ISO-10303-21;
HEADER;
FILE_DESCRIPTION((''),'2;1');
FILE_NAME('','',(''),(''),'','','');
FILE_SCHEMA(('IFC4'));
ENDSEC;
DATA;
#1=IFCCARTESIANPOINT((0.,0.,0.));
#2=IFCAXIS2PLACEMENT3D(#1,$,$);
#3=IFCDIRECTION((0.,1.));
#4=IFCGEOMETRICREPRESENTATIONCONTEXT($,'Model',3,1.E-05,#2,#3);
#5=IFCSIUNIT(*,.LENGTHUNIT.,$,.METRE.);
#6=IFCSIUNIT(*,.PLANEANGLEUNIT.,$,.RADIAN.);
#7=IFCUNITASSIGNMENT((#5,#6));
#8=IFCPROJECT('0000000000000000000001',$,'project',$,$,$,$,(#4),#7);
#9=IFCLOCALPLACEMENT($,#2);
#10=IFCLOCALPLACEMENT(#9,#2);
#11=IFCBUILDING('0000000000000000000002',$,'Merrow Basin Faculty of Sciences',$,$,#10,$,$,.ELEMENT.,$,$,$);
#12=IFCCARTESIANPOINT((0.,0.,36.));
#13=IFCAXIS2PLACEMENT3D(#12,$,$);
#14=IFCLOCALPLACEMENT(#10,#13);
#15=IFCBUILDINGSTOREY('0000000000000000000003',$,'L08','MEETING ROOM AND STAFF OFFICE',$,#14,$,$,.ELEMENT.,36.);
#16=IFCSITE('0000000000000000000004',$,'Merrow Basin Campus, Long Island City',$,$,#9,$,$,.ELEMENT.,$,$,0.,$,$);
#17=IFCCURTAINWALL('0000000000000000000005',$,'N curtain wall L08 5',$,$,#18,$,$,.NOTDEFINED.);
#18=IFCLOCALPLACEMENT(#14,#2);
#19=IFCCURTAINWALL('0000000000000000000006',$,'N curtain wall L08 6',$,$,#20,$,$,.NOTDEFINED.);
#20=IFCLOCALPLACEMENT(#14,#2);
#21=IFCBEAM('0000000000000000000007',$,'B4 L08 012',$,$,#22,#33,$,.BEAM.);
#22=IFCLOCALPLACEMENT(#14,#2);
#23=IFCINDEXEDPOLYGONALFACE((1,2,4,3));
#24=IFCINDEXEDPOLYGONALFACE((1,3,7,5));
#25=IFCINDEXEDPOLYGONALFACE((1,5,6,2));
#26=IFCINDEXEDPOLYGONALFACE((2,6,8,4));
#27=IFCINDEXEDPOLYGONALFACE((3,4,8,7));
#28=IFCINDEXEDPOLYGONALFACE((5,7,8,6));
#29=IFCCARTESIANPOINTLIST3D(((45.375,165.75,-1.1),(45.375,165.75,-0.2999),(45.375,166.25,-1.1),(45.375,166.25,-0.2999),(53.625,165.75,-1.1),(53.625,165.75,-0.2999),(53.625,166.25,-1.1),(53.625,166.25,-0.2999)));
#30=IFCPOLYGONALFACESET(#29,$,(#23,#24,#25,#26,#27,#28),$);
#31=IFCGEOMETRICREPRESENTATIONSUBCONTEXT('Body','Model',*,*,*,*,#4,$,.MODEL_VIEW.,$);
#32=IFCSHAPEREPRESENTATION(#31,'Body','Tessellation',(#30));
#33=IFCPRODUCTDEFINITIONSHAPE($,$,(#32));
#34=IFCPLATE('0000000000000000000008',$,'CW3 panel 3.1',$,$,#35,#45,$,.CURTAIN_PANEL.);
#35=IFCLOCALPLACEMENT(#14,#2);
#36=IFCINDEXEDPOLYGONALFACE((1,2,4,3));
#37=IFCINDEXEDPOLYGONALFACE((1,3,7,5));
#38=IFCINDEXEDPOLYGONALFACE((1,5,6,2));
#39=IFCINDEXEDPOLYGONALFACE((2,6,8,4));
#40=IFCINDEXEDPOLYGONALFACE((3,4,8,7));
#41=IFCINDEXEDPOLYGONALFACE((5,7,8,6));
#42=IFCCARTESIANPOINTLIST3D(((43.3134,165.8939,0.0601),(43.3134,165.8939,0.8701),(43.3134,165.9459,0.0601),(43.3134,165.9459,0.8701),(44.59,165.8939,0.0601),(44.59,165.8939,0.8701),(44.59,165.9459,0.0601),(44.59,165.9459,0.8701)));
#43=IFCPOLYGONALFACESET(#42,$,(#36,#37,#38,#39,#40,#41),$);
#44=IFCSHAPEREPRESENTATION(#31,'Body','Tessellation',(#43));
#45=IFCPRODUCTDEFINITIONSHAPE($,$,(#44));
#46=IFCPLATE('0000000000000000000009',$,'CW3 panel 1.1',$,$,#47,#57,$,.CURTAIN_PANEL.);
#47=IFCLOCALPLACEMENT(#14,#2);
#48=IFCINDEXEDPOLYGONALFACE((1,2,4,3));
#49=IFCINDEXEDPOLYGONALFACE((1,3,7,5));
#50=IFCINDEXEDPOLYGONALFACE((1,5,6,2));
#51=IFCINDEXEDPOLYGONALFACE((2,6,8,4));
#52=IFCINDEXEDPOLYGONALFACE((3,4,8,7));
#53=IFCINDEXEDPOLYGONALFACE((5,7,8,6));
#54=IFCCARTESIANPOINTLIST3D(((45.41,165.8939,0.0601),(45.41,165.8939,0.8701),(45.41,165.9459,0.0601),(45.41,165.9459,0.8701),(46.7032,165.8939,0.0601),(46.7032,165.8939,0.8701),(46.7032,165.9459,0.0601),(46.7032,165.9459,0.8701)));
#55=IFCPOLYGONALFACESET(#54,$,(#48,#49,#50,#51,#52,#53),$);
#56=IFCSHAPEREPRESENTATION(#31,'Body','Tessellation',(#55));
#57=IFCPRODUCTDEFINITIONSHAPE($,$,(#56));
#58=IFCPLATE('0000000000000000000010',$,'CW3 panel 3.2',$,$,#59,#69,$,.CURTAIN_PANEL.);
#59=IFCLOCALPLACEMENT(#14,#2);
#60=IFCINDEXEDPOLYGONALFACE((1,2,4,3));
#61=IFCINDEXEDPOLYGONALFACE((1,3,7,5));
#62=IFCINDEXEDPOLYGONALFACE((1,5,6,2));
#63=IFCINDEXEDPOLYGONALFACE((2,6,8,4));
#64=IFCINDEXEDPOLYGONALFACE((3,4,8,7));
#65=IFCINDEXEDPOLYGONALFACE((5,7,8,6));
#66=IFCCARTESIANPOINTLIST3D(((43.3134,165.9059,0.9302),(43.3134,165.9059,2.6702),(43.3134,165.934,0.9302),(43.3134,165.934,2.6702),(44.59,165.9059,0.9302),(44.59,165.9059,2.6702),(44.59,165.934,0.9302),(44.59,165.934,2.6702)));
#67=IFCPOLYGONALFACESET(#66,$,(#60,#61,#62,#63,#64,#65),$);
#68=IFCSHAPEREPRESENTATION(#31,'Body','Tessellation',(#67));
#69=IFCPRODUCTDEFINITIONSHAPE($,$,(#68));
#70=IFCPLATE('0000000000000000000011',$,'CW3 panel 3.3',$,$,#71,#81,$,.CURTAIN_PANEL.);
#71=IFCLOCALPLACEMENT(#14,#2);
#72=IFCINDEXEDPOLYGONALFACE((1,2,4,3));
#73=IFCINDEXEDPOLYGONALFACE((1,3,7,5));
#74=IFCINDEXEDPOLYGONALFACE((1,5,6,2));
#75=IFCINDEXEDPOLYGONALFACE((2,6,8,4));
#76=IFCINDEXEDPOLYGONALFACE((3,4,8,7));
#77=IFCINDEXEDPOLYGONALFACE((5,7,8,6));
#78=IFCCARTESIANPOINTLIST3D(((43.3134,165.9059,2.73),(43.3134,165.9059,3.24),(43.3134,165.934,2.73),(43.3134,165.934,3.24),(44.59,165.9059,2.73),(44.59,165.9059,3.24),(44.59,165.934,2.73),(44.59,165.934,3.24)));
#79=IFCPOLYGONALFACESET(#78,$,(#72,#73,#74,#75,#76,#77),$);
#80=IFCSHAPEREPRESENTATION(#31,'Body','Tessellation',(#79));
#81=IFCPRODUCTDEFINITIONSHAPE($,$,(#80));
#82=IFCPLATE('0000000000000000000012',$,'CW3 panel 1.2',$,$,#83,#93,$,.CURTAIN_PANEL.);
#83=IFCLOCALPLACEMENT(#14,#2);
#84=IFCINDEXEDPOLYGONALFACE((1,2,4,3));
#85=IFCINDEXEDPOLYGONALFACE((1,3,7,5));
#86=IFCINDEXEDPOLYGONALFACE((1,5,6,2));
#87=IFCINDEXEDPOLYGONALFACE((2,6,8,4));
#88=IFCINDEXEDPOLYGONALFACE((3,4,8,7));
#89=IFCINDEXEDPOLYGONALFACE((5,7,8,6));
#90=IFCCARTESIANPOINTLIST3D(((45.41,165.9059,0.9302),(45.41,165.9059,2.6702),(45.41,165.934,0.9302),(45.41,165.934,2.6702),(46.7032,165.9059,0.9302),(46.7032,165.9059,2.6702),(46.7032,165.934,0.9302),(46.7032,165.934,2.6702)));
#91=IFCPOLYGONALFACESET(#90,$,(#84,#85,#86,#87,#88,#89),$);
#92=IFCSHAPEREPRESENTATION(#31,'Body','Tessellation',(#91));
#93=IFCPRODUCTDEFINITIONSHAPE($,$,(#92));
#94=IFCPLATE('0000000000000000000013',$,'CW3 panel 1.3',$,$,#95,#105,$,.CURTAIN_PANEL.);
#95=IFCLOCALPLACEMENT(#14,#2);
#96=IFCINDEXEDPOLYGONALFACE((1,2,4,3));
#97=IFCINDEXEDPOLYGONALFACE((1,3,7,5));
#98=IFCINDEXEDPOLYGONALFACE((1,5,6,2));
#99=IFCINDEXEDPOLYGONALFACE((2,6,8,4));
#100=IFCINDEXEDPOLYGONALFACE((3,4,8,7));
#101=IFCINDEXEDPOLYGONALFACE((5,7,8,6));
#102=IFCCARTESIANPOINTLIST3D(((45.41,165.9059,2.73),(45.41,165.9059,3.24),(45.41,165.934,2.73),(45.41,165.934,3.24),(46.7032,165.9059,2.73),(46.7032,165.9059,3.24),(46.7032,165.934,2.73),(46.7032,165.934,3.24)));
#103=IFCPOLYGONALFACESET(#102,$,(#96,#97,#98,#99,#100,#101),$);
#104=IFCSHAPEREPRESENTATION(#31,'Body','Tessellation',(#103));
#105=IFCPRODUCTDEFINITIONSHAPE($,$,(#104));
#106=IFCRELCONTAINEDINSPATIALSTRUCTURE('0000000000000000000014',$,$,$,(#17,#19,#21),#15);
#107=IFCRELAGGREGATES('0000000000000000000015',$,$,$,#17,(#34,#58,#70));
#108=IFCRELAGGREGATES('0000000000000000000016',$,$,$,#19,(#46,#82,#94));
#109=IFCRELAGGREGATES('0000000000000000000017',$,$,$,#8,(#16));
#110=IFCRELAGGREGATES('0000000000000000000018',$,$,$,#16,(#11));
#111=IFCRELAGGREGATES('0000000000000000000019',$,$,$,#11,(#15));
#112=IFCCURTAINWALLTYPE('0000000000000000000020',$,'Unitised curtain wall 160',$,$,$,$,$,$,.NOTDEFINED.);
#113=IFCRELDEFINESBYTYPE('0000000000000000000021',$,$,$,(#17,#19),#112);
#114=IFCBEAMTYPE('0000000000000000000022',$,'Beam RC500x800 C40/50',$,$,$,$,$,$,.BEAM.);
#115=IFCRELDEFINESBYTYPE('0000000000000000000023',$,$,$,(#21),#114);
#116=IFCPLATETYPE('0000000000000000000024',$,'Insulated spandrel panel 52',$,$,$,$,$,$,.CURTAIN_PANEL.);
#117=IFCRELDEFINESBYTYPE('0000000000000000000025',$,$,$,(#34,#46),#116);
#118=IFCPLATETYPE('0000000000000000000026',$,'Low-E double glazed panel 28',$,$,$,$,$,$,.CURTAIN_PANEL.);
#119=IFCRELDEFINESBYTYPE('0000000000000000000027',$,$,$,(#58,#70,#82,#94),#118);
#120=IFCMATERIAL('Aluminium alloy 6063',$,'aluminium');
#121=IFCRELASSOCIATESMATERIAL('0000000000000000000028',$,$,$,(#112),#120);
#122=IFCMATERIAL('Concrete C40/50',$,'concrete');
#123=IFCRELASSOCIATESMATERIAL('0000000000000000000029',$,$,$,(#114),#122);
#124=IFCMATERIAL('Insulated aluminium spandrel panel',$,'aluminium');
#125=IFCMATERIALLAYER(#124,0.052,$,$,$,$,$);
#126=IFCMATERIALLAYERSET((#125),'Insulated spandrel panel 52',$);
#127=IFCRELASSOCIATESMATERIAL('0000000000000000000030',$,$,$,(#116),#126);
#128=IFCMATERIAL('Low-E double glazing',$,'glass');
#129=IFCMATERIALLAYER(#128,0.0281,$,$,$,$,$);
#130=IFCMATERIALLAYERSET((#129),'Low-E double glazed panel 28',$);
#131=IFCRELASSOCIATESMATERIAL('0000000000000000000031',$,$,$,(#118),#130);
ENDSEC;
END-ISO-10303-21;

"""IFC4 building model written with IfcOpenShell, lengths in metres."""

from ifc_helpers import new_model, si_unit, direction, frame, origin, origin_2d, place, context, subcontext, project, spatial, rectangle, extrude, material, layer, layer_set, material_profile, profile_set, type_object, element, aggregate, save


model = new_model("IFC4")

# Units and contexts
model_context = context("Model", 3, precision=1e-05, world=origin(), true_north=direction((0.0, 1.0)))
body_context = subcontext(model_context, "Body", "Model", "MODEL_VIEW")
ifc_project = project(units=[si_unit("LENGTHUNIT", "METRE"), si_unit("PLANEANGLEUNIT", "RADIAN")], contexts=[model_context])

# Site, building, storey
site_placement = place(None, origin())
site = spatial("IfcSite", under=ifc_project, at=site_placement, Name="Merrow Basin Campus, Long Island City", CompositionType="ELEMENT", RefElevation=0.0)
building_placement = place(site_placement, origin())
building = spatial("IfcBuilding", under=site, at=building_placement, Name="Merrow Basin Faculty of Sciences", CompositionType="ELEMENT")
storey_placement = place(building_placement, frame((0.0, 0.0, 36.0)))
storey = spatial("IfcBuildingStorey", under=building, at=storey_placement, Name="L08", Description="MEETING ROOM AND STAFF OFFICE", CompositionType="ELEMENT", Elevation=36.0)

# Curtain wall
ifc_material_1 = material(Name="Aluminium alloy 6063", Category="aluminium")
curtain_wall_type = type_object("IfcCurtainWallType", Name="Unitised curtain wall 160", PredefinedType="NOTDEFINED", material=ifc_material_1)
curtain_wall_1_placement = place(storey_placement, origin())
curtain_wall_1 = element("IfcCurtainWall", 1, at=curtain_wall_1_placement, inside=storey, type_object=curtain_wall_type, Name="N curtain wall L08 5", PredefinedType="NOTDEFINED")

# Curtain wall
curtain_wall_2_placement = place(storey_placement, origin())
curtain_wall_2 = element("IfcCurtainWall", 2, at=curtain_wall_2_placement, inside=storey, type_object=curtain_wall_type, Name="N curtain wall L08 6", PredefinedType="NOTDEFINED")

# Beam
ifc_material_2 = material(Name="Concrete C40/50", Category="concrete")
ifc_material_profile_1 = material_profile(ifc_material_2, rectangle(XDim=0.5, YDim=0.8, at=origin_2d()))
ifc_profile_set_1 = profile_set([ifc_material_profile_1], Name="Concrete C40/50")
beam_type = type_object("IfcBeamType", Name="Beam RC500x800 C40/50", PredefinedType="BEAM", material=ifc_profile_set_1)
beam_placement = place(storey_placement, frame((45.375, 166.0, -0.7), z_axis=(1.0, 0.0, 0.0), x_axis=(0.0, 1.0, 0.0)))
element("IfcBeam", 3, at=beam_placement, inside=storey, type_object=beam_type, Name="B4 L08 012", PredefinedType="BEAM", context=body_context, shape_type="SweptSolid", body=[
    extrude(rectangle(XDim=0.5, YDim=0.8, at=origin_2d()), origin(), (0.0, 0.0, 1.0), 8.25),
])

# Plates
ifc_material_3 = material(Name="Insulated aluminium spandrel panel", Category="aluminium")
ifc_layer_1 = layer(ifc_material_3, 0.052)
ifc_layer_set_1 = layer_set([ifc_layer_1], Name="Insulated spandrel panel 52")
plate_type_1 = type_object("IfcPlateType", Name="Insulated spandrel panel 52", PredefinedType="CURTAIN_PANEL", material=ifc_layer_set_1)
plate_1_placement = place(storey_placement, frame((43.9517, 165.9199, 0.0601), z_axis=(0.0, 0.0, 1.0), x_axis=(1.0, 0.0, 0.0)))
plate_1 = element("IfcPlate", 4, at=plate_1_placement, type_object=plate_type_1, Name="CW3 panel 3.1", PredefinedType="CURTAIN_PANEL", context=body_context, shape_type="SweptSolid", body=[
    extrude(rectangle(XDim=1.2766, YDim=0.052, at=origin_2d()), origin(), (0.0, 0.0, 1.0), 0.8101),
])
plate_2_placement = place(storey_placement, frame((46.0566, 165.9199, 0.0601), z_axis=(0.0, 0.0, 1.0), x_axis=(1.0, 0.0, 0.0)))
plate_2 = element("IfcPlate", 5, at=plate_2_placement, type_object=plate_type_1, Name="CW3 panel 1.1", PredefinedType="CURTAIN_PANEL", context=body_context, shape_type="SweptSolid", body=[
    extrude(rectangle(XDim=1.2932, YDim=0.052, at=origin_2d()), origin(), (0.0, 0.0, 1.0), 0.8101),
])
ifc_material_4 = material(Name="Low-E double glazing", Category="glass")
ifc_layer_2 = layer(ifc_material_4, 0.0281)
ifc_layer_set_2 = layer_set([ifc_layer_2], Name="Low-E double glazed panel 28")
plate_type_2 = type_object("IfcPlateType", Name="Low-E double glazed panel 28", PredefinedType="CURTAIN_PANEL", material=ifc_layer_set_2)
plate_3_placement = place(storey_placement, frame((43.9517, 165.9199, 0.9302), z_axis=(0.0, 0.0, 1.0), x_axis=(1.0, 0.0, 0.0)))
plate_3 = element("IfcPlate", 6, at=plate_3_placement, type_object=plate_type_2, Name="CW3 panel 3.2", PredefinedType="CURTAIN_PANEL", context=body_context, shape_type="SweptSolid", body=[
    extrude(rectangle(XDim=1.2766, YDim=0.0281, at=origin_2d()), origin(), (0.0, 0.0, 1.0), 1.74),
])
plate_4_placement = place(storey_placement, frame((43.9517, 165.9199, 2.73), z_axis=(0.0, 0.0, 1.0), x_axis=(1.0, 0.0, 0.0)))
plate_4 = element("IfcPlate", 7, at=plate_4_placement, type_object=plate_type_2, Name="CW3 panel 3.3", PredefinedType="CURTAIN_PANEL", context=body_context, shape_type="SweptSolid", body=[
    extrude(rectangle(XDim=1.2766, YDim=0.0281, at=origin_2d()), origin(), (0.0, 0.0, 1.0), 0.51),
])
aggregate(curtain_wall_1, [plate_1, plate_3, plate_4])
plate_5_placement = place(storey_placement, frame((46.0566, 165.9199, 0.9302), z_axis=(0.0, 0.0, 1.0), x_axis=(1.0, 0.0, 0.0)))
plate_5 = element("IfcPlate", 8, at=plate_5_placement, type_object=plate_type_2, Name="CW3 panel 1.2", PredefinedType="CURTAIN_PANEL", context=body_context, shape_type="SweptSolid", body=[
    extrude(rectangle(XDim=1.2932, YDim=0.0281, at=origin_2d()), origin(), (0.0, 0.0, 1.0), 1.74),
])
plate_6_placement = place(storey_placement, frame((46.0566, 165.9199, 2.73), z_axis=(0.0, 0.0, 1.0), x_axis=(1.0, 0.0, 0.0)))
plate_6 = element("IfcPlate", 9, at=plate_6_placement, type_object=plate_type_2, Name="CW3 panel 1.3", PredefinedType="CURTAIN_PANEL", context=body_context, shape_type="SweptSolid", body=[
    extrude(rectangle(XDim=1.2932, YDim=0.0281, at=origin_2d()), origin(), (0.0, 0.0, 1.0), 0.51),
])
aggregate(curtain_wall_2, [plate_2, plate_5, plate_6])

save(model, "model.ifc")
